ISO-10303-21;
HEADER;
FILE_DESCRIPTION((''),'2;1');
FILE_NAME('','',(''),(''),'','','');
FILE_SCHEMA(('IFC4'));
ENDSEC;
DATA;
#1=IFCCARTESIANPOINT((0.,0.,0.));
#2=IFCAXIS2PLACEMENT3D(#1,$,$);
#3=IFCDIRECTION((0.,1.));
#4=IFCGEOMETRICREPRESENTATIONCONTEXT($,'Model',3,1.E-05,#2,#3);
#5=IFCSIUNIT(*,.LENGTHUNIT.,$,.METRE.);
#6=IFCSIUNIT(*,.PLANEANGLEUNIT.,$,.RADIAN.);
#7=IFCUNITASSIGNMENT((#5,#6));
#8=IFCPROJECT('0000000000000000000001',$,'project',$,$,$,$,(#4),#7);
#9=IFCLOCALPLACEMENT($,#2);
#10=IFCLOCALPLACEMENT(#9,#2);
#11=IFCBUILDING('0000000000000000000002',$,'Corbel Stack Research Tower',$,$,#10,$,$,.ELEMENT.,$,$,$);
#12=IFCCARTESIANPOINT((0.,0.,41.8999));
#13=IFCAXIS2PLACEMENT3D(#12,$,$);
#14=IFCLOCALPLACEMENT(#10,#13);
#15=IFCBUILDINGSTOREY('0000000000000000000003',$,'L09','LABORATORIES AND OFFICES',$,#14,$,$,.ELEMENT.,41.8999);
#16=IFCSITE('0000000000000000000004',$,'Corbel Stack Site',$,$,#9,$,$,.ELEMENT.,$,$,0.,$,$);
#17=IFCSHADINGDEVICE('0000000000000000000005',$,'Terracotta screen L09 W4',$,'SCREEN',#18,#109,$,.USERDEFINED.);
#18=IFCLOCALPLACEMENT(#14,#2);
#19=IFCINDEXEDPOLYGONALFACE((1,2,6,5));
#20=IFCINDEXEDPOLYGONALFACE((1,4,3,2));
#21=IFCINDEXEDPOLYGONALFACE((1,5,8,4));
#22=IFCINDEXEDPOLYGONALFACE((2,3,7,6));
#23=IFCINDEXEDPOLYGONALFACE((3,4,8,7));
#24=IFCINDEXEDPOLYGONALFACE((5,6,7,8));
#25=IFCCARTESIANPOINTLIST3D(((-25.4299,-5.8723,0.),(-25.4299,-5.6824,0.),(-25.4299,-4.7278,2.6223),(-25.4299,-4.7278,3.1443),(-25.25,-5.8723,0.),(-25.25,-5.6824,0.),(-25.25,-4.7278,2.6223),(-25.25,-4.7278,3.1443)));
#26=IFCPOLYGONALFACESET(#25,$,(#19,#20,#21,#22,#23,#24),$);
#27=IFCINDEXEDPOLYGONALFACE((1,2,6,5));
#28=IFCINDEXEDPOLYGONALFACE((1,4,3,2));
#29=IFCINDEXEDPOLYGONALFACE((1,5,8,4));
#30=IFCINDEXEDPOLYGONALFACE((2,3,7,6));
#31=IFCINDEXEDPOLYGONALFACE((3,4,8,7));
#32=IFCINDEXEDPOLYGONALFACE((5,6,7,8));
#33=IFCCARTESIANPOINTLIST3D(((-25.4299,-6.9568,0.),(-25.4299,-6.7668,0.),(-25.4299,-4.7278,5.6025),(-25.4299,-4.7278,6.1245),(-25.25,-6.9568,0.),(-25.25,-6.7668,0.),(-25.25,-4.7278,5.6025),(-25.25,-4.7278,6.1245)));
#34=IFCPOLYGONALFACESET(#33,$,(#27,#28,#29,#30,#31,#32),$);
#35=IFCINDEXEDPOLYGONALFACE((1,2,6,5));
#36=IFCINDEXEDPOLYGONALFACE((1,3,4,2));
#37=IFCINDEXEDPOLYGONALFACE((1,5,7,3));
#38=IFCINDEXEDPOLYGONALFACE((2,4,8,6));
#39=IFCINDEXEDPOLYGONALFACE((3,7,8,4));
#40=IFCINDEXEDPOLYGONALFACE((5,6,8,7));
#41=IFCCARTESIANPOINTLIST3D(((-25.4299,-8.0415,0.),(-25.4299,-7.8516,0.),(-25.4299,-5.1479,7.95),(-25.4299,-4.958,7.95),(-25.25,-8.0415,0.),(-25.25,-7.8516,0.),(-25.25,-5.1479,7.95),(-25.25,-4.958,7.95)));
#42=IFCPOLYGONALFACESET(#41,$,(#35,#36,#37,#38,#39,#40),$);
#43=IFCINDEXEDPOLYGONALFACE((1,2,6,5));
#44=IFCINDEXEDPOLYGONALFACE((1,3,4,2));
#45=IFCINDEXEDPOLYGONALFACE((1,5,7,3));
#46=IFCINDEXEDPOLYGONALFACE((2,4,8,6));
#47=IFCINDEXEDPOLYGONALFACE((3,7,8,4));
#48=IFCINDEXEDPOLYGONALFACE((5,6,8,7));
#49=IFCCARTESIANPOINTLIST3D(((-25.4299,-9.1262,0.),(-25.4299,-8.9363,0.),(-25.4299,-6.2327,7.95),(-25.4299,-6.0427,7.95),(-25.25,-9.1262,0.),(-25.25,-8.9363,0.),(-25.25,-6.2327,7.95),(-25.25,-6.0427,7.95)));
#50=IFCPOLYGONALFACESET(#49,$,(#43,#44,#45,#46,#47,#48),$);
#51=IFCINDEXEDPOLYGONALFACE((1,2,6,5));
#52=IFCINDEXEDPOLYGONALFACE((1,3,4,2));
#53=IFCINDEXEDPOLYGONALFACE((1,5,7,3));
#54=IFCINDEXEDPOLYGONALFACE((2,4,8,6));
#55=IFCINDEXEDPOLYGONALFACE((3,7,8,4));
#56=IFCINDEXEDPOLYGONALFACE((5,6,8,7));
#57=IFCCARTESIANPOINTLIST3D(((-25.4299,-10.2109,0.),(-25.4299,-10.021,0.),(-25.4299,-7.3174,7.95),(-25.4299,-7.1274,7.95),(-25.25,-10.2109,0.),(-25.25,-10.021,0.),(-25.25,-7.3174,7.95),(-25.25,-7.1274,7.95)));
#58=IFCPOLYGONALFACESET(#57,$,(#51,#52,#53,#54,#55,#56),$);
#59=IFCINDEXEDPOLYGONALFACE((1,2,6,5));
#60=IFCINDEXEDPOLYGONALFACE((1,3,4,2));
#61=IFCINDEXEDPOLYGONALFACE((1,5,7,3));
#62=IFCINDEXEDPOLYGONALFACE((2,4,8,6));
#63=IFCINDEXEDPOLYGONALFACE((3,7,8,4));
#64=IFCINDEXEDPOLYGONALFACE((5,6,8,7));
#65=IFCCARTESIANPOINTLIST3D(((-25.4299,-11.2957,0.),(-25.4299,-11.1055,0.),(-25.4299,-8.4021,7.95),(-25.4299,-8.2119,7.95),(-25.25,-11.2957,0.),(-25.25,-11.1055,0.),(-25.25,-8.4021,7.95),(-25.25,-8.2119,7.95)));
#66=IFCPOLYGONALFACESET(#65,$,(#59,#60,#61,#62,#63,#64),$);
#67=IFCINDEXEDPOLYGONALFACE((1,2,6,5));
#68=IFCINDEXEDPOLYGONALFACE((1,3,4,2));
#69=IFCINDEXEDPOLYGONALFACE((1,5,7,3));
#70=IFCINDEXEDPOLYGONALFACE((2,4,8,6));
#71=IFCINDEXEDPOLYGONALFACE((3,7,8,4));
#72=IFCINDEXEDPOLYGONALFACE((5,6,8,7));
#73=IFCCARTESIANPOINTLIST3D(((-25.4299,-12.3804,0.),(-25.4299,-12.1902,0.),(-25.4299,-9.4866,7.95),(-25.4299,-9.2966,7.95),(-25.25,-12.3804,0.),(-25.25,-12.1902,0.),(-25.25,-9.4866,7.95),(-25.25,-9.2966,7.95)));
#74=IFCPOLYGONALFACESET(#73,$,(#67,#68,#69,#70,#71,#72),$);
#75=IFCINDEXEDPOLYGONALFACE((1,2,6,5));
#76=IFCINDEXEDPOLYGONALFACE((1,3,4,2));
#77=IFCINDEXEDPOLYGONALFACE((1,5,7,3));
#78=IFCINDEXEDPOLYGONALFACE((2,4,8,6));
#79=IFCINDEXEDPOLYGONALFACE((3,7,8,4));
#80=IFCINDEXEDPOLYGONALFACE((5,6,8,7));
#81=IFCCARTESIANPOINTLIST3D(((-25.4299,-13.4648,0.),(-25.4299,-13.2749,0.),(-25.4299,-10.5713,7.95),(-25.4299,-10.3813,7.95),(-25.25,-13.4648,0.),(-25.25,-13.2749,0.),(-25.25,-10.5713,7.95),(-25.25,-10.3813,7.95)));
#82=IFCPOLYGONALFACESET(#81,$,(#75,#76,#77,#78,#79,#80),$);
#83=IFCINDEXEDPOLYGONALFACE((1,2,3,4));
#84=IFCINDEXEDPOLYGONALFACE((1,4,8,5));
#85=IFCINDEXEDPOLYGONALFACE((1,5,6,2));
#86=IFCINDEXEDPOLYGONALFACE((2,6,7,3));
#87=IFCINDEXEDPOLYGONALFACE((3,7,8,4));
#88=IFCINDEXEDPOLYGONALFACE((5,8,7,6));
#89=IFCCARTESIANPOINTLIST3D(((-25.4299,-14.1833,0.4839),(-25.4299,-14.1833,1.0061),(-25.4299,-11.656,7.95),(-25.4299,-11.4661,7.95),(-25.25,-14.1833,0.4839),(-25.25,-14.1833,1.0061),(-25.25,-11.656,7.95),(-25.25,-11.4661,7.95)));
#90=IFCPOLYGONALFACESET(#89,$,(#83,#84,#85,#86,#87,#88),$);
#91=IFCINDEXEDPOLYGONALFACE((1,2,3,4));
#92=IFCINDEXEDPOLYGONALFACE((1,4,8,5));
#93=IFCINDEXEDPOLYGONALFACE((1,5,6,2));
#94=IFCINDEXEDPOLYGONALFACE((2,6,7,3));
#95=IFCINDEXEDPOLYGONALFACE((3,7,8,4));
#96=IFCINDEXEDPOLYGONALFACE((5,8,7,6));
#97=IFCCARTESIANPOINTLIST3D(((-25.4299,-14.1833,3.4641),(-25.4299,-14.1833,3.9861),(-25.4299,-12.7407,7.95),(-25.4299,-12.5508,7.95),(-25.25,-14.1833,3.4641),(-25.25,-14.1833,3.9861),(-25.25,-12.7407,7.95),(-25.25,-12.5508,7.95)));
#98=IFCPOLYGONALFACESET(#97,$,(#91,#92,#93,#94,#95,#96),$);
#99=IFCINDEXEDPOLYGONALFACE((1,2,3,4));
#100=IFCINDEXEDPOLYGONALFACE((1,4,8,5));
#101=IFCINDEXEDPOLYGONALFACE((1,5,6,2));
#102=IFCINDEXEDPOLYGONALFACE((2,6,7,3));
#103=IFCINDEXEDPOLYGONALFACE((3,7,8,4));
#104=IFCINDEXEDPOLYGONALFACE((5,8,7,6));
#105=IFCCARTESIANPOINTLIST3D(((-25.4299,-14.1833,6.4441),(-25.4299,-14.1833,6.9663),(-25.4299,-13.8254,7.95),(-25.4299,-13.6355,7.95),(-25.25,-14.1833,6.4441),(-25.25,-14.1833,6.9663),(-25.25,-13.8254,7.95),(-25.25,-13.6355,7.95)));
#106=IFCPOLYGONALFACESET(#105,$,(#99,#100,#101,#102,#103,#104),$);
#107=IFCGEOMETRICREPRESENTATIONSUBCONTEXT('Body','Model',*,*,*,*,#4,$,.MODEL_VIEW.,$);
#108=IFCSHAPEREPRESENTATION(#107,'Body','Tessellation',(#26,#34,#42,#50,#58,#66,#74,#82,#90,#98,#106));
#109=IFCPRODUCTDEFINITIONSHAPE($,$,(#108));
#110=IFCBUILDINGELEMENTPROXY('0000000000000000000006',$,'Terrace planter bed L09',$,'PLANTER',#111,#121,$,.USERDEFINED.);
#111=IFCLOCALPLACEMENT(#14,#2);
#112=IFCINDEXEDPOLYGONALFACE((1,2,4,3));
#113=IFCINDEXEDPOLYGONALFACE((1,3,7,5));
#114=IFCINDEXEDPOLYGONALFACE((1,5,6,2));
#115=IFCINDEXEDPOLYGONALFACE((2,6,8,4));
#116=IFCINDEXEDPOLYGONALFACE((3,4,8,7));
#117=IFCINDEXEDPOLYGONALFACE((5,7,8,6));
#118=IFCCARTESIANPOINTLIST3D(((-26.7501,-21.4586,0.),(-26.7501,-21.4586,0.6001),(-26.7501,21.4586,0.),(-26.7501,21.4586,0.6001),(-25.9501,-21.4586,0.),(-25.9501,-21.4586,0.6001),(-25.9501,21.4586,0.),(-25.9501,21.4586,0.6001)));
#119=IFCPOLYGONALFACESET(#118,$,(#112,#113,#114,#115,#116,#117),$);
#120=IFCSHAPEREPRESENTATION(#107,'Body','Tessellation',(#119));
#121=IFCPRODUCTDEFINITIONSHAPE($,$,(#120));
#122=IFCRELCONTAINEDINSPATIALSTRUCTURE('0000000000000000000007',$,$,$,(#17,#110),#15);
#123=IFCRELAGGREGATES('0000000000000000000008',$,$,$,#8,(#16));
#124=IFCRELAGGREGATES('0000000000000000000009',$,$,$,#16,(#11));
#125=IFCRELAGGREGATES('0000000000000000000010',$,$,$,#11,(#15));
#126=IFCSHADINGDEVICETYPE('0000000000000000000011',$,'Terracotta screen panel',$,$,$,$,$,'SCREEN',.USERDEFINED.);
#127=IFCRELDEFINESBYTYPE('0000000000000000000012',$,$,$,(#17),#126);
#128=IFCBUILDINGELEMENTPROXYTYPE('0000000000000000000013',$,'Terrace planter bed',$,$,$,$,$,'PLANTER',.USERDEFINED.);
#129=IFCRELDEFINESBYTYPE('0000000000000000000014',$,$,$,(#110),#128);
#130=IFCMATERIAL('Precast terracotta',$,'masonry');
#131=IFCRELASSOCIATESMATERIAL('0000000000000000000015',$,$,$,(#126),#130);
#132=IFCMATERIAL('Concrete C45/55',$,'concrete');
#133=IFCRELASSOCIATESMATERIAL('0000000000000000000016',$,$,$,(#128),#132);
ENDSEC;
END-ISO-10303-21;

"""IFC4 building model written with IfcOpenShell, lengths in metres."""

from ifc_helpers import new_model, si_unit, direction, frame, origin, origin_2d, place, context, subcontext, project, spatial, polyline, rectangle, outline, extrude, source, transform, mapped, material, type_object, element, save


model = new_model("IFC4")

# Units and contexts
model_context = context("Model", 3, precision=1e-05, world=origin(), true_north=direction((0.0, 1.0)))
body_context = subcontext(model_context, "Body", "Model", "MODEL_VIEW")
ifc_project = project(units=[si_unit("LENGTHUNIT", "METRE"), si_unit("PLANEANGLEUNIT", "RADIAN")], contexts=[model_context])

# Site, building, storey
site_placement = place(None, origin())
site = spatial("IfcSite", under=ifc_project, at=site_placement, Name="Corbel Stack Site", CompositionType="ELEMENT", RefElevation=0.0)
building_placement = place(site_placement, origin())
building = spatial("IfcBuilding", under=site, at=building_placement, Name="Corbel Stack Research Tower", CompositionType="ELEMENT")
storey_placement = place(building_placement, frame((0.0, 0.0, 41.8999)))
storey = spatial("IfcBuildingStorey", under=building, at=storey_placement, Name="L09", Description="LABORATORIES AND OFFICES", CompositionType="ELEMENT", Elevation=41.8999)

# Shading device
ifc_material_1 = material(Name="Precast terracotta", Category="masonry")
shading_device_type = type_object("IfcShadingDeviceType", Name="Terracotta screen panel", ElementType="SCREEN", PredefinedType="USERDEFINED", material=ifc_material_1)
shared_shape = source(origin(), body_context, "Body", "SweptSolid", [
    extrude(outline(polyline([(1.1445, 0.0), (0.0, 3.1443), (0.0, 2.6223), (0.9546, 0.0), (1.1445, 0.0)])), frame((0.0, 0.0, 0.0), z_axis=(0.0, -1.0, 0.0), x_axis=(1.0, 0.0, 0.0)), (0.0, 0.0, 1.0), 0.1799),
    extrude(outline(polyline([(2.229, 0.0), (0.0, 6.1245), (0.0, 5.6025), (2.0391, 0.0), (2.229, 0.0)])), frame((0.0, 0.0, 0.0), z_axis=(0.0, -1.0, 0.0), x_axis=(1.0, 0.0, 0.0)), (0.0, 0.0, 1.0), 0.1799),
    extrude(outline(polyline([(3.3137, 0.0), (0.4202, 7.95), (0.2302, 7.95), (3.1238, 0.0), (3.3137, 0.0)])), frame((0.0, 0.0, 0.0), z_axis=(0.0, -1.0, 0.0), x_axis=(1.0, 0.0, 0.0)), (0.0, 0.0, 1.0), 0.1799),
    extrude(outline(polyline([(4.3984, 0.0), (1.5049, 7.95), (1.3149, 7.95), (4.2085, 0.0), (4.3984, 0.0)])), frame((0.0, 0.0, 0.0), z_axis=(0.0, -1.0, 0.0), x_axis=(1.0, 0.0, 0.0)), (0.0, 0.0, 1.0), 0.1799),
    extrude(outline(polyline([(5.4832, 0.0), (2.5896, 7.95), (2.3997, 7.95), (5.2932, 0.0), (5.4832, 0.0)])), frame((0.0, 0.0, 0.0), z_axis=(0.0, -1.0, 0.0), x_axis=(1.0, 0.0, 0.0)), (0.0, 0.0, 1.0), 0.1799),
    extrude(outline(polyline([(6.5679, 0.0), (3.6743, 7.95), (3.4841, 7.95), (6.3777, 0.0), (6.5679, 0.0)])), frame((0.0, 0.0, 0.0), z_axis=(0.0, -1.0, 0.0), x_axis=(1.0, 0.0, 0.0)), (0.0, 0.0, 1.0), 0.1799),
    extrude(outline(polyline([(7.6526, 0.0), (4.7588, 7.95), (4.5688, 7.95), (7.4624, 0.0), (7.6526, 0.0)])), frame((0.0, 0.0, 0.0), z_axis=(0.0, -1.0, 0.0), x_axis=(1.0, 0.0, 0.0)), (0.0, 0.0, 1.0), 0.1799),
    extrude(outline(polyline([(8.7371, 0.0), (5.8435, 7.95), (5.6536, 7.95), (8.5471, 0.0), (8.7371, 0.0)])), frame((0.0, 0.0, 0.0), z_axis=(0.0, -1.0, 0.0), x_axis=(1.0, 0.0, 0.0)), (0.0, 0.0, 1.0), 0.1799),
    extrude(outline(polyline([(6.9282, 7.95), (6.7383, 7.95), (9.4556, 0.4839), (9.4556, 1.0061), (6.9282, 7.95)])), frame((0.0, 0.0, 0.0), z_axis=(0.0, -1.0, 0.0), x_axis=(1.0, 0.0, 0.0)), (0.0, 0.0, 1.0), 0.1799),
    extrude(outline(polyline([(8.0129, 7.95), (7.823, 7.95), (9.4556, 3.4641), (9.4556, 3.9861), (8.0129, 7.95)])), frame((0.0, 0.0, 0.0), z_axis=(0.0, -1.0, 0.0), x_axis=(1.0, 0.0, 0.0)), (0.0, 0.0, 1.0), 0.1799),
    extrude(outline(polyline([(9.0977, 7.95), (8.9077, 7.95), (9.4556, 6.4441), (9.4556, 6.9663), (9.0977, 7.95)])), frame((0.0, 0.0, 0.0), z_axis=(0.0, -1.0, 0.0), x_axis=(1.0, 0.0, 0.0)), (0.0, 0.0, 1.0), 0.1799),
])
shading_device_placement = place(storey_placement, frame((-25.25, -4.7278, 0.0), z_axis=(0.0, 0.0, 1.0), x_axis=(0.0, -1.0, 0.0)))
element("IfcShadingDevice", 1, at=shading_device_placement, inside=storey, type_object=shading_device_type, Name="Terracotta screen L09 W4", ObjectType="SCREEN", PredefinedType="USERDEFINED", context=body_context, shape_type="MappedRepresentation", body=[
    mapped(shared_shape, transform((0.0, 0.0, 0.0))),
])

# Building element proxy
ifc_material_2 = material(Name="Concrete C45/55", Category="concrete")
building_element_proxy_type = type_object("IfcBuildingElementProxyType", Name="Terrace planter bed", ElementType="PLANTER", PredefinedType="USERDEFINED", material=ifc_material_2)
proxy_placement = place(storey_placement, frame((-26.3501, 0.0, 0.0), z_axis=(0.0, 0.0, 1.0), x_axis=(0.0, 1.0, 0.0)))
element("IfcBuildingElementProxy", 2, at=proxy_placement, inside=storey, type_object=building_element_proxy_type, Name="Terrace planter bed L09", ObjectType="PLANTER", PredefinedType="USERDEFINED", context=body_context, shape_type="SweptSolid", body=[
    extrude(rectangle(XDim=42.9172, YDim=0.8, at=origin_2d()), origin(), (0.0, 0.0, 1.0), 0.6001),
])

save(model, "model.ifc")
